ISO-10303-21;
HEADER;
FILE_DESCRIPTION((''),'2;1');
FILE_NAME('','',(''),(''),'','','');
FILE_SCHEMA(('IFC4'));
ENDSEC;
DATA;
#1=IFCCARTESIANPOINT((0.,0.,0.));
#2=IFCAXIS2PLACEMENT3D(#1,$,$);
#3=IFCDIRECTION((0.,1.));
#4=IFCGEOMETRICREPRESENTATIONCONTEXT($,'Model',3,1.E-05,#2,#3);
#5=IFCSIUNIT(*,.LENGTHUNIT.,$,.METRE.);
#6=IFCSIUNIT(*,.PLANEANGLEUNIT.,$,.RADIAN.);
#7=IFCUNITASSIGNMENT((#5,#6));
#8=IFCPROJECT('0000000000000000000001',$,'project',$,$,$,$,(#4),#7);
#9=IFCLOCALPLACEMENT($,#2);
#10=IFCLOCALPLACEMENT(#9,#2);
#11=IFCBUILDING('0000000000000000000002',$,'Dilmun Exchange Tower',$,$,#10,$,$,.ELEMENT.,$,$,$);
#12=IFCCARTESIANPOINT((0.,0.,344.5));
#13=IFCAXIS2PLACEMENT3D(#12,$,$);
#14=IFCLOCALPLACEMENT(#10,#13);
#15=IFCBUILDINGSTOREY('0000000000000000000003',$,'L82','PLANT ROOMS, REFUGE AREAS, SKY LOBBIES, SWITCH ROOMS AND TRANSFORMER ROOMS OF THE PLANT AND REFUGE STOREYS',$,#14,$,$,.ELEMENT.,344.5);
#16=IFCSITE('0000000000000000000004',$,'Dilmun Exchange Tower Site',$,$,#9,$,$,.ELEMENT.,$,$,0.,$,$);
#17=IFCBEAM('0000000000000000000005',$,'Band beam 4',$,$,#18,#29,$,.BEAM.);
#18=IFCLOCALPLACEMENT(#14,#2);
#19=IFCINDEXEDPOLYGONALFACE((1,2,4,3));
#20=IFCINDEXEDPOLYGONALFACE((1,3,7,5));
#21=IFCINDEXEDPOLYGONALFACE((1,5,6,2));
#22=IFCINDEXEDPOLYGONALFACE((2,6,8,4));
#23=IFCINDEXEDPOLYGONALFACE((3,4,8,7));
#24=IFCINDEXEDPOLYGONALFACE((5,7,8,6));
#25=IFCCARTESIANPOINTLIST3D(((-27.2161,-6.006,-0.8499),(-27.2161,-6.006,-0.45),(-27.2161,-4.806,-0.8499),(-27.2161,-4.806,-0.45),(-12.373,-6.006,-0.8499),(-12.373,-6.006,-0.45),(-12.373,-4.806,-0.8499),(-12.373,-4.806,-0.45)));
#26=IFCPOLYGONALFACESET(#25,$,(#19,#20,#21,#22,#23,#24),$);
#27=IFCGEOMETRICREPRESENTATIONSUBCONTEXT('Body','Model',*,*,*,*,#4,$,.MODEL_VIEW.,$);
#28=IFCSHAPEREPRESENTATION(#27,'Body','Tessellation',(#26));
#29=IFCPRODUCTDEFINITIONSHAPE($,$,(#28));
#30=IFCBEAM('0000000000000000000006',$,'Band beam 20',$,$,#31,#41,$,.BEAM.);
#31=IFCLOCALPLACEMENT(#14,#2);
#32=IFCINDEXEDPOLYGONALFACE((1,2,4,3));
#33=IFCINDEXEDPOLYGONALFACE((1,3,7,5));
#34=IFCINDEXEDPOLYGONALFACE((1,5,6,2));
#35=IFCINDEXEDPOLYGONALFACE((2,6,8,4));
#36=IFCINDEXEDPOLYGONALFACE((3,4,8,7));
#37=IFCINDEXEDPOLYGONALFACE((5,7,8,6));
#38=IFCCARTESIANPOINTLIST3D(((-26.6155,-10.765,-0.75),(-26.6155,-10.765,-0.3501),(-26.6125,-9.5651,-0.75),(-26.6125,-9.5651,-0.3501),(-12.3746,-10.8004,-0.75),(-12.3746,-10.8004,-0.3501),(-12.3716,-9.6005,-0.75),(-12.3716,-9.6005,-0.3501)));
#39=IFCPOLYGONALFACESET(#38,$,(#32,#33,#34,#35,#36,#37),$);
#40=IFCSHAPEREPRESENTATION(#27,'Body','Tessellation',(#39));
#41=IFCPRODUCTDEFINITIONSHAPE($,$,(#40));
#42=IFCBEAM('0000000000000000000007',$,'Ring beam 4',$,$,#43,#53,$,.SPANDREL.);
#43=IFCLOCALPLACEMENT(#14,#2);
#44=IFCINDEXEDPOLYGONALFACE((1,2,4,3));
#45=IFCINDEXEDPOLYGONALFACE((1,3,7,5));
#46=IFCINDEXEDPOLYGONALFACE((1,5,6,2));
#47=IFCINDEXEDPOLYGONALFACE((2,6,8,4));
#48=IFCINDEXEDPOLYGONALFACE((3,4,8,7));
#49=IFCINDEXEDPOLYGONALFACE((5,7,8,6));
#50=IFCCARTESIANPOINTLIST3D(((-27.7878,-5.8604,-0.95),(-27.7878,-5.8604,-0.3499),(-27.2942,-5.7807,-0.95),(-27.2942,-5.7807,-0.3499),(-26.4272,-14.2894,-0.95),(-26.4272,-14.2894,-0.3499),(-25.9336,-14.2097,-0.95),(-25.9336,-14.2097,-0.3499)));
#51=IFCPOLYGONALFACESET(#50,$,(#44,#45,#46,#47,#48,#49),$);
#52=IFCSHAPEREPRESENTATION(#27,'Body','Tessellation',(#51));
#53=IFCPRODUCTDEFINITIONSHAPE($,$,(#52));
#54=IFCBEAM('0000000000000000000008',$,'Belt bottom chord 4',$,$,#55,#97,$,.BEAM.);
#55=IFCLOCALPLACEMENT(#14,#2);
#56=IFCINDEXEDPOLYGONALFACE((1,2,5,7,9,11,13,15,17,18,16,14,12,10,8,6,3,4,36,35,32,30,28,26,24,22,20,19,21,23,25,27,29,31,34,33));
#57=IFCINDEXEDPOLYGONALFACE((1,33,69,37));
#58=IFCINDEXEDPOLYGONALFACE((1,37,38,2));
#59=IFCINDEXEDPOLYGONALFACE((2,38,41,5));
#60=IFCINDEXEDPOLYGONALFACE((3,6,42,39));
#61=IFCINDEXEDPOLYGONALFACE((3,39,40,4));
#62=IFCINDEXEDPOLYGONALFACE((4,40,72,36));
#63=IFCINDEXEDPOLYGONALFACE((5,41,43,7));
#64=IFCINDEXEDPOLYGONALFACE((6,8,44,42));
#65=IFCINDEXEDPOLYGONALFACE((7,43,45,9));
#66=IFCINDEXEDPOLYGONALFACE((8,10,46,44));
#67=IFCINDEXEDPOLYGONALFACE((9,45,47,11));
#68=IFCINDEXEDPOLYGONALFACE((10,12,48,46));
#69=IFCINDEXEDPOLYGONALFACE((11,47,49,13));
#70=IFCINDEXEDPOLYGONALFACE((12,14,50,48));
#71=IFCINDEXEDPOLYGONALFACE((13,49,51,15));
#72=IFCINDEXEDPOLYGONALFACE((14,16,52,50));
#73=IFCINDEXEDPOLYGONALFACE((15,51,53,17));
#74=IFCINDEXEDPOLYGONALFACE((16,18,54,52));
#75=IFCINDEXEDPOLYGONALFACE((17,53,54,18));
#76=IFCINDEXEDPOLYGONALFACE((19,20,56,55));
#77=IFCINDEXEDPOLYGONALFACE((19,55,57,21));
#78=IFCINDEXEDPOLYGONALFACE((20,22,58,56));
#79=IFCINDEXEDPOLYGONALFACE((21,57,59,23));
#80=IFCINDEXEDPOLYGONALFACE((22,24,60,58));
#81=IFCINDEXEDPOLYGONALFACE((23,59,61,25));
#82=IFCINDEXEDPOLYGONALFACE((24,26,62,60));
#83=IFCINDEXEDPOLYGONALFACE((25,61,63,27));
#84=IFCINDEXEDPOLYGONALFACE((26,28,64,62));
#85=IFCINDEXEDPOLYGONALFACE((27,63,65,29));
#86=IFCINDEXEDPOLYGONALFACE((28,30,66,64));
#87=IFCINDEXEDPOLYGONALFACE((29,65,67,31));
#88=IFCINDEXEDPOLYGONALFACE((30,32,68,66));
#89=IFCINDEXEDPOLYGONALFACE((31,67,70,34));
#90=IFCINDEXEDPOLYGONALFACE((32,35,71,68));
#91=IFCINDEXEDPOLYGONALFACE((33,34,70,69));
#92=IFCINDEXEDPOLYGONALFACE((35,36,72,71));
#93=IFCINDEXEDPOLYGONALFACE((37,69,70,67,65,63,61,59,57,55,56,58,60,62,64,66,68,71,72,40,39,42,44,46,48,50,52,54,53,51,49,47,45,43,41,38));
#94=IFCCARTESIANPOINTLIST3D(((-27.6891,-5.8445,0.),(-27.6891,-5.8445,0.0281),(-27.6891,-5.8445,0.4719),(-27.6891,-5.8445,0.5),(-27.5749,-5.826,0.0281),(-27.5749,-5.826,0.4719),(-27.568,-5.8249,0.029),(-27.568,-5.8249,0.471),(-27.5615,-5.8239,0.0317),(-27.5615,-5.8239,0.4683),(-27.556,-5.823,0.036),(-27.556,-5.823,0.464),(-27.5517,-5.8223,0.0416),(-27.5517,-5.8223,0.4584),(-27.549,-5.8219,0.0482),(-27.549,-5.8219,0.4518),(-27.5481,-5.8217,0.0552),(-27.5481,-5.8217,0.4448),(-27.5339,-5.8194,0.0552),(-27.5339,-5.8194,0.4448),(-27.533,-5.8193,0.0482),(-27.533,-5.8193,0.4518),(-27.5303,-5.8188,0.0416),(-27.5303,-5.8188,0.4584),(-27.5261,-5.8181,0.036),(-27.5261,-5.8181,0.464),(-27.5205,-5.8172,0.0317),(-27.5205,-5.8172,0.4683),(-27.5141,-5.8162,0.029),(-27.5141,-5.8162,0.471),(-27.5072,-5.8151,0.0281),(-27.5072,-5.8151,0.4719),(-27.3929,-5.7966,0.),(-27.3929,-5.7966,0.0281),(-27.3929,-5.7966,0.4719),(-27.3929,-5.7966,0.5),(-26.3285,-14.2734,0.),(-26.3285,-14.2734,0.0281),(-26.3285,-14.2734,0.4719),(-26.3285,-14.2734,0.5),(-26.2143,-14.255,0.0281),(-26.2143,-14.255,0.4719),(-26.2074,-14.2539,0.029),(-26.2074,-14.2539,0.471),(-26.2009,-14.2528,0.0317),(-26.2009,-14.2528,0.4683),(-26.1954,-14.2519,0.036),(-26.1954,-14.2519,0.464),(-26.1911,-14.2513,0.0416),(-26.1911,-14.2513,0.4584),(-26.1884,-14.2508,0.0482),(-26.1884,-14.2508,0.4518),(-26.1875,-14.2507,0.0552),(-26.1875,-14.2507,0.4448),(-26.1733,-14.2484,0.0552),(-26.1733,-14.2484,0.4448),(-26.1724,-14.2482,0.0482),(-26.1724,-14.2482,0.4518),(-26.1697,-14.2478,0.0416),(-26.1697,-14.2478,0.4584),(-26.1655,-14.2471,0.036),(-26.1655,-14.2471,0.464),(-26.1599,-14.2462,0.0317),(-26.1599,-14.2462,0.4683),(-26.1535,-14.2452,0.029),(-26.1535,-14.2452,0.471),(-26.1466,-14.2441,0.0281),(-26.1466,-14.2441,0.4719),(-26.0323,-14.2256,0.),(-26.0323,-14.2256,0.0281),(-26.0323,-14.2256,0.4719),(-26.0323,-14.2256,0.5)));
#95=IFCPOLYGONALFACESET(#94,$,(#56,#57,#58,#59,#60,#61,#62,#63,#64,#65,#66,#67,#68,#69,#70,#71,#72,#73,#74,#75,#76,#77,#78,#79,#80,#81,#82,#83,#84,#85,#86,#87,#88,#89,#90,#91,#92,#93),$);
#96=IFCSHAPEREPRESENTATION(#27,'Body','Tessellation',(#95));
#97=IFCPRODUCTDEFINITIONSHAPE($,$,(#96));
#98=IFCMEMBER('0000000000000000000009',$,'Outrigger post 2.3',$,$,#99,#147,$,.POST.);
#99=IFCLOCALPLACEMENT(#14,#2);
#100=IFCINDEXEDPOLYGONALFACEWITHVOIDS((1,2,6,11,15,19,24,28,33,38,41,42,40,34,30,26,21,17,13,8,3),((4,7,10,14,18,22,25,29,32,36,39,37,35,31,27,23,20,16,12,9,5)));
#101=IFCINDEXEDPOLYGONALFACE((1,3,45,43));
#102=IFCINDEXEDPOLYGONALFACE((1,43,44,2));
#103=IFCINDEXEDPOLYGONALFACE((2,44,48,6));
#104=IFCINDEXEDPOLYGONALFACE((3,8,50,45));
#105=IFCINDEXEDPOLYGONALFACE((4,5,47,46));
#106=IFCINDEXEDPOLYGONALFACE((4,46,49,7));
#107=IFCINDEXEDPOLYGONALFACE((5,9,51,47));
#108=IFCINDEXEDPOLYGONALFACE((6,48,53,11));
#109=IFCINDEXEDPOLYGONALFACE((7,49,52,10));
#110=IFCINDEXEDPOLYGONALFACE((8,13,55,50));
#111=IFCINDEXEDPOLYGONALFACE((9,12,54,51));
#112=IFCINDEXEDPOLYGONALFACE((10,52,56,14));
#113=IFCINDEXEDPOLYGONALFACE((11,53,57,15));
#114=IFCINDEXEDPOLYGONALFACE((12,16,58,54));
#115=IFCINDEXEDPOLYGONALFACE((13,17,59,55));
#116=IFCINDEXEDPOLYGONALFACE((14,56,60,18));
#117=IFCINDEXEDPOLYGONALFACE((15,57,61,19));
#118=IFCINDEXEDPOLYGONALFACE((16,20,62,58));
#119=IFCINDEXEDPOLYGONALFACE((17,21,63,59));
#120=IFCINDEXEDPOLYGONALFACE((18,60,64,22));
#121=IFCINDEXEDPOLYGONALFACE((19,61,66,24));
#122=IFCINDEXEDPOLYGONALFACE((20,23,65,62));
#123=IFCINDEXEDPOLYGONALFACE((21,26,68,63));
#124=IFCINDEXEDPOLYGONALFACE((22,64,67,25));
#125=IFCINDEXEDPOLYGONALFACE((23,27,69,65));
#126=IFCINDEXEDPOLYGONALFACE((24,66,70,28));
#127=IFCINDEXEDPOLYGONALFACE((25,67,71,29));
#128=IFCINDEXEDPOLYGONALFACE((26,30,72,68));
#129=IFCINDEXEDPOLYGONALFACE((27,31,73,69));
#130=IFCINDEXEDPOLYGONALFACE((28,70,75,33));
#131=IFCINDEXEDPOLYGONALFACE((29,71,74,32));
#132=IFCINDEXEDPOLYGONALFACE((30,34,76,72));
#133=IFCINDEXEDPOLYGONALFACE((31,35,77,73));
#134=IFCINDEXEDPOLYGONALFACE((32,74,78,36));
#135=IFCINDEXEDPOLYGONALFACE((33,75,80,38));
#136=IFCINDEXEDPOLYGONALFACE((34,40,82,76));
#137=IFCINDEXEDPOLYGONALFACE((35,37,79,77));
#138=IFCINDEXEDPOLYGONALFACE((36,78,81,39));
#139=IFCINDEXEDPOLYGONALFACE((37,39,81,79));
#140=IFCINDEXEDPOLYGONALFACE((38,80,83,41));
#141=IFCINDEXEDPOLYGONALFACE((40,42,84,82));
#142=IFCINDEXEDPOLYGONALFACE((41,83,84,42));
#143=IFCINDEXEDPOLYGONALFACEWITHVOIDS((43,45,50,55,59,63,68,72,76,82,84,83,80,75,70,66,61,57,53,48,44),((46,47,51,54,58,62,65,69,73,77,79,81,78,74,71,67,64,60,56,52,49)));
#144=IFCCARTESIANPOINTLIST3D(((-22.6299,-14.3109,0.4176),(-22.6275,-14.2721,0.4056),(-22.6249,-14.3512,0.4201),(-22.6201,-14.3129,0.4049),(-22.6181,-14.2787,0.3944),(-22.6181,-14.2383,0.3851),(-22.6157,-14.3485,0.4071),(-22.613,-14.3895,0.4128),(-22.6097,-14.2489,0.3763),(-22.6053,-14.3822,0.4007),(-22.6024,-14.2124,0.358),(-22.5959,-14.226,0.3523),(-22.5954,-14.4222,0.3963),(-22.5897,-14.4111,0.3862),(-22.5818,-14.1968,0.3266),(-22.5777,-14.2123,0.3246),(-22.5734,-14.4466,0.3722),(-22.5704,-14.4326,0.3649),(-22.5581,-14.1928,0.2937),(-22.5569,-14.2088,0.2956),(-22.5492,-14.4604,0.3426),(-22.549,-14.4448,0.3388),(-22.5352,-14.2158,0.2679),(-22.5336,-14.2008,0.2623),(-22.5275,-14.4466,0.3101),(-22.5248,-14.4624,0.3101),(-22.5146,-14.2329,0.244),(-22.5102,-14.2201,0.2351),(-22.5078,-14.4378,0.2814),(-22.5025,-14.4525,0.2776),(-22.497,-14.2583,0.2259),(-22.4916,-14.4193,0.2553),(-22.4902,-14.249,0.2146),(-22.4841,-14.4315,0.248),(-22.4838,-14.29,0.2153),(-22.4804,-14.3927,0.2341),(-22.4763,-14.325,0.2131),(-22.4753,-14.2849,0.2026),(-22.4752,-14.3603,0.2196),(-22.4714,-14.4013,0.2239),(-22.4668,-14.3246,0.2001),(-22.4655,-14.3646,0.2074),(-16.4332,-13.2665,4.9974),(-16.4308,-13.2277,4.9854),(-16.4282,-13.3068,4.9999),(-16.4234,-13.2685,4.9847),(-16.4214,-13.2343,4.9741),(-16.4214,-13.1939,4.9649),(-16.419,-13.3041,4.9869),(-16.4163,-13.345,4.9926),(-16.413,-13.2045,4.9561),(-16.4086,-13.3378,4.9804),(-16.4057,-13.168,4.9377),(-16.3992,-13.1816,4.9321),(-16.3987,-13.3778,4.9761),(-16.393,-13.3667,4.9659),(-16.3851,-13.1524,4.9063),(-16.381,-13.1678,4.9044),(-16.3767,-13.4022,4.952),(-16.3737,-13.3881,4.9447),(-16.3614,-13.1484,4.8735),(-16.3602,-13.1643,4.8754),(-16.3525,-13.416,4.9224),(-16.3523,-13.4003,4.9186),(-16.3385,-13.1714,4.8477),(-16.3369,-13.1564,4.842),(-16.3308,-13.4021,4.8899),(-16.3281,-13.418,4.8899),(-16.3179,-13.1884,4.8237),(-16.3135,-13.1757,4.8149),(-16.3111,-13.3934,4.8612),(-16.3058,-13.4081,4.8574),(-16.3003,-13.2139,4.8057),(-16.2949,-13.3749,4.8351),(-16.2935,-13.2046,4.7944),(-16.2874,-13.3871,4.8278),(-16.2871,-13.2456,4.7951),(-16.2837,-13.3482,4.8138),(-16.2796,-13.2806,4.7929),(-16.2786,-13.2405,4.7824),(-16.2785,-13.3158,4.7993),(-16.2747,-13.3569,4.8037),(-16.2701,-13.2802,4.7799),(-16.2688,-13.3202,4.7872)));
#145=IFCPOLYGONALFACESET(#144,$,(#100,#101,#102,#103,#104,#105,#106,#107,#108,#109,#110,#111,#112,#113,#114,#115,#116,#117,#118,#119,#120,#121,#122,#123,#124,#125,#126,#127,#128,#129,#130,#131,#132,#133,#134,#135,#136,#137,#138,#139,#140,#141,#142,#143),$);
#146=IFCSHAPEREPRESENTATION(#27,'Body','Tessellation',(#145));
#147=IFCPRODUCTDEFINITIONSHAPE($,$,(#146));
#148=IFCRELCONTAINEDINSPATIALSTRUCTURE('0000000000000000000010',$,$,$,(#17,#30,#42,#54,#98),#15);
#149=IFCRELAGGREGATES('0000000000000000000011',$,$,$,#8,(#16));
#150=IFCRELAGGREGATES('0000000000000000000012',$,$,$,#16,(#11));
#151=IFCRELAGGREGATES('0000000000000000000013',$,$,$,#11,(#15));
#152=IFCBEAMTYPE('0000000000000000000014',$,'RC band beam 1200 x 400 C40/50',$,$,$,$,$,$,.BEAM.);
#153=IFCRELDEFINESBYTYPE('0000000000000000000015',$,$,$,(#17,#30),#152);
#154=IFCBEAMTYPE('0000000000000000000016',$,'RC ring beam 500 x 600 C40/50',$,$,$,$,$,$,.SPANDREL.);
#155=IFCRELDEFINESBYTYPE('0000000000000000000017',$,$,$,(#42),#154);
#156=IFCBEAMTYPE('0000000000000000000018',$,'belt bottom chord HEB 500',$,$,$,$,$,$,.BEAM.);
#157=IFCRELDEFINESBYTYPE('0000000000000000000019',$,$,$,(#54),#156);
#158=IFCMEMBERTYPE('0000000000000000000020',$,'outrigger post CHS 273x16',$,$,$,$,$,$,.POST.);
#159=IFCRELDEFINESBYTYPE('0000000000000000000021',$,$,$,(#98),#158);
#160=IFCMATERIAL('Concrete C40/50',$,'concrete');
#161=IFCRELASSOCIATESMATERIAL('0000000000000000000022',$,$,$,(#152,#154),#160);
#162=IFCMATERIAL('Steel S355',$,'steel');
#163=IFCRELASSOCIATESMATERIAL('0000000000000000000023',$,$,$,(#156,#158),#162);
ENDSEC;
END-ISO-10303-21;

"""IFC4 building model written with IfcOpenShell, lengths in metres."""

from ifc_helpers import new_model, si_unit, direction, frame, origin, origin_2d, place, context, subcontext, project, spatial, rectangle, hollow_circle, i_section, extrude, material, material_profile, profile_set, type_object, element, save


model = new_model("IFC4")

# Units and contexts
model_context = context("Model", 3, precision=1e-05, world=origin(), true_north=direction((0.0, 1.0)))
body_context = subcontext(model_context, "Body", "Model", "MODEL_VIEW")
ifc_project = project(units=[si_unit("LENGTHUNIT", "METRE"), si_unit("PLANEANGLEUNIT", "RADIAN")], contexts=[model_context])

# Site, building, storey
site_placement = place(None, origin())
site = spatial("IfcSite", under=ifc_project, at=site_placement, Name="Dilmun Exchange Tower Site", CompositionType="ELEMENT", RefElevation=0.0)
building_placement = place(site_placement, origin())
building = spatial("IfcBuilding", under=site, at=building_placement, Name="Dilmun Exchange Tower", CompositionType="ELEMENT")
storey_placement = place(building_placement, frame((0.0, 0.0, 344.5)))
storey = spatial("IfcBuildingStorey", under=building, at=storey_placement, Name="L82", Description="PLANT ROOMS, REFUGE AREAS, SKY LOBBIES, SWITCH ROOMS AND TRANSFORMER ROOMS OF THE PLANT AND REFUGE STOREYS", CompositionType="ELEMENT", Elevation=344.5)

# Beams
ifc_material_1 = material(Name="Concrete C40/50", Category="concrete")
ifc_material_profile_1 = material_profile(ifc_material_1, rectangle(XDim=1.2, YDim=0.3999, at=origin_2d()), Name="1200 x 400")
ifc_profile_set_1 = profile_set([ifc_material_profile_1], Name="Concrete C40/50")
beam_type_1 = type_object("IfcBeamType", Name="RC band beam 1200 x 400 C40/50", PredefinedType="BEAM", material=ifc_profile_set_1)
beam_1_placement = place(storey_placement, frame((-27.2161, -5.406, -0.6499), z_axis=(1.0, 0.0, 0.0), x_axis=(0.0, 1.0, 0.0)))
element("IfcBeam", 1, at=beam_1_placement, inside=storey, type_object=beam_type_1, Name="Band beam 4", PredefinedType="BEAM", context=body_context, shape_type="SweptSolid", body=[
    extrude(rectangle(XDim=1.2, YDim=0.3999, at=origin_2d()), origin(), (0.0, 0.0, 1.0), 14.843),
])
beam_2_placement = place(storey_placement, frame((-26.614, -10.165, -0.55), z_axis=(0.999997, -0.002486, 0.0), x_axis=(0.002486, 0.999997, 0.0)))
element("IfcBeam", 2, at=beam_2_placement, inside=storey, type_object=beam_type_1, Name="Band beam 20", PredefinedType="BEAM", context=body_context, shape_type="SweptSolid", body=[
    extrude(rectangle(XDim=1.2, YDim=0.3999, at=origin_2d()), origin(), (0.0, 0.0, 1.0), 14.241),
])
ifc_material_profile_2 = material_profile(ifc_material_1, rectangle(XDim=0.5, YDim=0.6001, at=origin_2d()), Name="500 x 600")
ifc_profile_set_2 = profile_set([ifc_material_profile_2], Name="Concrete C40/50")
beam_type_2 = type_object("IfcBeamType", Name="RC ring beam 500 x 600 C40/50", PredefinedType="SPANDREL", material=ifc_profile_set_2)
beam_3_placement = place(storey_placement, frame((-27.541, -5.8206, -0.6499), z_axis=(0.159357, -0.987221, 0.0), x_axis=(0.987221, 0.159357, 0.0)))
element("IfcBeam", 3, at=beam_3_placement, inside=storey, type_object=beam_type_2, Name="Ring beam 4", PredefinedType="SPANDREL", context=body_context, shape_type="SweptSolid", body=[
    extrude(rectangle(XDim=0.5, YDim=0.6001, at=origin_2d()), origin(), (0.0, 0.0, 1.0), 8.5381),
])
ifc_material_2 = material(Name="Steel S355", Category="steel")
ifc_material_profile_3 = material_profile(ifc_material_2, i_section(OverallWidth=0.3, OverallDepth=0.5, WebThickness=0.0144, FlangeThickness=0.0281, FilletRadius=0.0271, at=origin_2d()), Name="HEB 500")
ifc_profile_set_3 = profile_set([ifc_material_profile_3], Name="Steel S355")
beam_type_3 = type_object("IfcBeamType", Name="belt bottom chord HEB 500", PredefinedType="BEAM", material=ifc_profile_set_3)
beam_4_placement = place(storey_placement, frame((-27.541, -5.8206, 0.25), z_axis=(0.159357, -0.987221, 0.0), x_axis=(0.987221, 0.159357, 0.0)))
element("IfcBeam", 4, at=beam_4_placement, inside=storey, type_object=beam_type_3, Name="Belt bottom chord 4", PredefinedType="BEAM", context=body_context, shape_type="SweptSolid", body=[
    extrude(i_section(OverallWidth=0.3, OverallDepth=0.5, WebThickness=0.0144, FlangeThickness=0.0281, FilletRadius=0.0271, at=origin_2d()), origin(), (0.0, 0.0, 1.0), 8.5381),
])

# Member
ifc_material_profile_4 = material_profile(ifc_material_2, hollow_circle(Radius=0.1365, WallThickness=0.0161, at=origin_2d()), Name="CHS 273x16")
ifc_profile_set_4 = profile_set([ifc_material_profile_4], Name="Steel S355")
member_type_1 = type_object("IfcMemberType", Name="outrigger post CHS 273x16", PredefinedType="POST", material=ifc_profile_set_4)
member_1_placement = place(storey_placement, frame((-16.3508, -13.2834, 4.8899), z_axis=(-0.796913, -0.134315, -0.588972), x_axis=(0.166201, -0.986092, 0.0)))
element("IfcMember", 5, at=member_1_placement, inside=storey, type_object=member_type_1, Name="Outrigger post 2.3", PredefinedType="POST", context=body_context, shape_type="SweptSolid", body=[
    extrude(hollow_circle(Radius=0.1365, WallThickness=0.0161, at=origin_2d()), origin(), (0.0, 0.0, 1.0), 7.7759),
])

save(model, "model.ifc")
